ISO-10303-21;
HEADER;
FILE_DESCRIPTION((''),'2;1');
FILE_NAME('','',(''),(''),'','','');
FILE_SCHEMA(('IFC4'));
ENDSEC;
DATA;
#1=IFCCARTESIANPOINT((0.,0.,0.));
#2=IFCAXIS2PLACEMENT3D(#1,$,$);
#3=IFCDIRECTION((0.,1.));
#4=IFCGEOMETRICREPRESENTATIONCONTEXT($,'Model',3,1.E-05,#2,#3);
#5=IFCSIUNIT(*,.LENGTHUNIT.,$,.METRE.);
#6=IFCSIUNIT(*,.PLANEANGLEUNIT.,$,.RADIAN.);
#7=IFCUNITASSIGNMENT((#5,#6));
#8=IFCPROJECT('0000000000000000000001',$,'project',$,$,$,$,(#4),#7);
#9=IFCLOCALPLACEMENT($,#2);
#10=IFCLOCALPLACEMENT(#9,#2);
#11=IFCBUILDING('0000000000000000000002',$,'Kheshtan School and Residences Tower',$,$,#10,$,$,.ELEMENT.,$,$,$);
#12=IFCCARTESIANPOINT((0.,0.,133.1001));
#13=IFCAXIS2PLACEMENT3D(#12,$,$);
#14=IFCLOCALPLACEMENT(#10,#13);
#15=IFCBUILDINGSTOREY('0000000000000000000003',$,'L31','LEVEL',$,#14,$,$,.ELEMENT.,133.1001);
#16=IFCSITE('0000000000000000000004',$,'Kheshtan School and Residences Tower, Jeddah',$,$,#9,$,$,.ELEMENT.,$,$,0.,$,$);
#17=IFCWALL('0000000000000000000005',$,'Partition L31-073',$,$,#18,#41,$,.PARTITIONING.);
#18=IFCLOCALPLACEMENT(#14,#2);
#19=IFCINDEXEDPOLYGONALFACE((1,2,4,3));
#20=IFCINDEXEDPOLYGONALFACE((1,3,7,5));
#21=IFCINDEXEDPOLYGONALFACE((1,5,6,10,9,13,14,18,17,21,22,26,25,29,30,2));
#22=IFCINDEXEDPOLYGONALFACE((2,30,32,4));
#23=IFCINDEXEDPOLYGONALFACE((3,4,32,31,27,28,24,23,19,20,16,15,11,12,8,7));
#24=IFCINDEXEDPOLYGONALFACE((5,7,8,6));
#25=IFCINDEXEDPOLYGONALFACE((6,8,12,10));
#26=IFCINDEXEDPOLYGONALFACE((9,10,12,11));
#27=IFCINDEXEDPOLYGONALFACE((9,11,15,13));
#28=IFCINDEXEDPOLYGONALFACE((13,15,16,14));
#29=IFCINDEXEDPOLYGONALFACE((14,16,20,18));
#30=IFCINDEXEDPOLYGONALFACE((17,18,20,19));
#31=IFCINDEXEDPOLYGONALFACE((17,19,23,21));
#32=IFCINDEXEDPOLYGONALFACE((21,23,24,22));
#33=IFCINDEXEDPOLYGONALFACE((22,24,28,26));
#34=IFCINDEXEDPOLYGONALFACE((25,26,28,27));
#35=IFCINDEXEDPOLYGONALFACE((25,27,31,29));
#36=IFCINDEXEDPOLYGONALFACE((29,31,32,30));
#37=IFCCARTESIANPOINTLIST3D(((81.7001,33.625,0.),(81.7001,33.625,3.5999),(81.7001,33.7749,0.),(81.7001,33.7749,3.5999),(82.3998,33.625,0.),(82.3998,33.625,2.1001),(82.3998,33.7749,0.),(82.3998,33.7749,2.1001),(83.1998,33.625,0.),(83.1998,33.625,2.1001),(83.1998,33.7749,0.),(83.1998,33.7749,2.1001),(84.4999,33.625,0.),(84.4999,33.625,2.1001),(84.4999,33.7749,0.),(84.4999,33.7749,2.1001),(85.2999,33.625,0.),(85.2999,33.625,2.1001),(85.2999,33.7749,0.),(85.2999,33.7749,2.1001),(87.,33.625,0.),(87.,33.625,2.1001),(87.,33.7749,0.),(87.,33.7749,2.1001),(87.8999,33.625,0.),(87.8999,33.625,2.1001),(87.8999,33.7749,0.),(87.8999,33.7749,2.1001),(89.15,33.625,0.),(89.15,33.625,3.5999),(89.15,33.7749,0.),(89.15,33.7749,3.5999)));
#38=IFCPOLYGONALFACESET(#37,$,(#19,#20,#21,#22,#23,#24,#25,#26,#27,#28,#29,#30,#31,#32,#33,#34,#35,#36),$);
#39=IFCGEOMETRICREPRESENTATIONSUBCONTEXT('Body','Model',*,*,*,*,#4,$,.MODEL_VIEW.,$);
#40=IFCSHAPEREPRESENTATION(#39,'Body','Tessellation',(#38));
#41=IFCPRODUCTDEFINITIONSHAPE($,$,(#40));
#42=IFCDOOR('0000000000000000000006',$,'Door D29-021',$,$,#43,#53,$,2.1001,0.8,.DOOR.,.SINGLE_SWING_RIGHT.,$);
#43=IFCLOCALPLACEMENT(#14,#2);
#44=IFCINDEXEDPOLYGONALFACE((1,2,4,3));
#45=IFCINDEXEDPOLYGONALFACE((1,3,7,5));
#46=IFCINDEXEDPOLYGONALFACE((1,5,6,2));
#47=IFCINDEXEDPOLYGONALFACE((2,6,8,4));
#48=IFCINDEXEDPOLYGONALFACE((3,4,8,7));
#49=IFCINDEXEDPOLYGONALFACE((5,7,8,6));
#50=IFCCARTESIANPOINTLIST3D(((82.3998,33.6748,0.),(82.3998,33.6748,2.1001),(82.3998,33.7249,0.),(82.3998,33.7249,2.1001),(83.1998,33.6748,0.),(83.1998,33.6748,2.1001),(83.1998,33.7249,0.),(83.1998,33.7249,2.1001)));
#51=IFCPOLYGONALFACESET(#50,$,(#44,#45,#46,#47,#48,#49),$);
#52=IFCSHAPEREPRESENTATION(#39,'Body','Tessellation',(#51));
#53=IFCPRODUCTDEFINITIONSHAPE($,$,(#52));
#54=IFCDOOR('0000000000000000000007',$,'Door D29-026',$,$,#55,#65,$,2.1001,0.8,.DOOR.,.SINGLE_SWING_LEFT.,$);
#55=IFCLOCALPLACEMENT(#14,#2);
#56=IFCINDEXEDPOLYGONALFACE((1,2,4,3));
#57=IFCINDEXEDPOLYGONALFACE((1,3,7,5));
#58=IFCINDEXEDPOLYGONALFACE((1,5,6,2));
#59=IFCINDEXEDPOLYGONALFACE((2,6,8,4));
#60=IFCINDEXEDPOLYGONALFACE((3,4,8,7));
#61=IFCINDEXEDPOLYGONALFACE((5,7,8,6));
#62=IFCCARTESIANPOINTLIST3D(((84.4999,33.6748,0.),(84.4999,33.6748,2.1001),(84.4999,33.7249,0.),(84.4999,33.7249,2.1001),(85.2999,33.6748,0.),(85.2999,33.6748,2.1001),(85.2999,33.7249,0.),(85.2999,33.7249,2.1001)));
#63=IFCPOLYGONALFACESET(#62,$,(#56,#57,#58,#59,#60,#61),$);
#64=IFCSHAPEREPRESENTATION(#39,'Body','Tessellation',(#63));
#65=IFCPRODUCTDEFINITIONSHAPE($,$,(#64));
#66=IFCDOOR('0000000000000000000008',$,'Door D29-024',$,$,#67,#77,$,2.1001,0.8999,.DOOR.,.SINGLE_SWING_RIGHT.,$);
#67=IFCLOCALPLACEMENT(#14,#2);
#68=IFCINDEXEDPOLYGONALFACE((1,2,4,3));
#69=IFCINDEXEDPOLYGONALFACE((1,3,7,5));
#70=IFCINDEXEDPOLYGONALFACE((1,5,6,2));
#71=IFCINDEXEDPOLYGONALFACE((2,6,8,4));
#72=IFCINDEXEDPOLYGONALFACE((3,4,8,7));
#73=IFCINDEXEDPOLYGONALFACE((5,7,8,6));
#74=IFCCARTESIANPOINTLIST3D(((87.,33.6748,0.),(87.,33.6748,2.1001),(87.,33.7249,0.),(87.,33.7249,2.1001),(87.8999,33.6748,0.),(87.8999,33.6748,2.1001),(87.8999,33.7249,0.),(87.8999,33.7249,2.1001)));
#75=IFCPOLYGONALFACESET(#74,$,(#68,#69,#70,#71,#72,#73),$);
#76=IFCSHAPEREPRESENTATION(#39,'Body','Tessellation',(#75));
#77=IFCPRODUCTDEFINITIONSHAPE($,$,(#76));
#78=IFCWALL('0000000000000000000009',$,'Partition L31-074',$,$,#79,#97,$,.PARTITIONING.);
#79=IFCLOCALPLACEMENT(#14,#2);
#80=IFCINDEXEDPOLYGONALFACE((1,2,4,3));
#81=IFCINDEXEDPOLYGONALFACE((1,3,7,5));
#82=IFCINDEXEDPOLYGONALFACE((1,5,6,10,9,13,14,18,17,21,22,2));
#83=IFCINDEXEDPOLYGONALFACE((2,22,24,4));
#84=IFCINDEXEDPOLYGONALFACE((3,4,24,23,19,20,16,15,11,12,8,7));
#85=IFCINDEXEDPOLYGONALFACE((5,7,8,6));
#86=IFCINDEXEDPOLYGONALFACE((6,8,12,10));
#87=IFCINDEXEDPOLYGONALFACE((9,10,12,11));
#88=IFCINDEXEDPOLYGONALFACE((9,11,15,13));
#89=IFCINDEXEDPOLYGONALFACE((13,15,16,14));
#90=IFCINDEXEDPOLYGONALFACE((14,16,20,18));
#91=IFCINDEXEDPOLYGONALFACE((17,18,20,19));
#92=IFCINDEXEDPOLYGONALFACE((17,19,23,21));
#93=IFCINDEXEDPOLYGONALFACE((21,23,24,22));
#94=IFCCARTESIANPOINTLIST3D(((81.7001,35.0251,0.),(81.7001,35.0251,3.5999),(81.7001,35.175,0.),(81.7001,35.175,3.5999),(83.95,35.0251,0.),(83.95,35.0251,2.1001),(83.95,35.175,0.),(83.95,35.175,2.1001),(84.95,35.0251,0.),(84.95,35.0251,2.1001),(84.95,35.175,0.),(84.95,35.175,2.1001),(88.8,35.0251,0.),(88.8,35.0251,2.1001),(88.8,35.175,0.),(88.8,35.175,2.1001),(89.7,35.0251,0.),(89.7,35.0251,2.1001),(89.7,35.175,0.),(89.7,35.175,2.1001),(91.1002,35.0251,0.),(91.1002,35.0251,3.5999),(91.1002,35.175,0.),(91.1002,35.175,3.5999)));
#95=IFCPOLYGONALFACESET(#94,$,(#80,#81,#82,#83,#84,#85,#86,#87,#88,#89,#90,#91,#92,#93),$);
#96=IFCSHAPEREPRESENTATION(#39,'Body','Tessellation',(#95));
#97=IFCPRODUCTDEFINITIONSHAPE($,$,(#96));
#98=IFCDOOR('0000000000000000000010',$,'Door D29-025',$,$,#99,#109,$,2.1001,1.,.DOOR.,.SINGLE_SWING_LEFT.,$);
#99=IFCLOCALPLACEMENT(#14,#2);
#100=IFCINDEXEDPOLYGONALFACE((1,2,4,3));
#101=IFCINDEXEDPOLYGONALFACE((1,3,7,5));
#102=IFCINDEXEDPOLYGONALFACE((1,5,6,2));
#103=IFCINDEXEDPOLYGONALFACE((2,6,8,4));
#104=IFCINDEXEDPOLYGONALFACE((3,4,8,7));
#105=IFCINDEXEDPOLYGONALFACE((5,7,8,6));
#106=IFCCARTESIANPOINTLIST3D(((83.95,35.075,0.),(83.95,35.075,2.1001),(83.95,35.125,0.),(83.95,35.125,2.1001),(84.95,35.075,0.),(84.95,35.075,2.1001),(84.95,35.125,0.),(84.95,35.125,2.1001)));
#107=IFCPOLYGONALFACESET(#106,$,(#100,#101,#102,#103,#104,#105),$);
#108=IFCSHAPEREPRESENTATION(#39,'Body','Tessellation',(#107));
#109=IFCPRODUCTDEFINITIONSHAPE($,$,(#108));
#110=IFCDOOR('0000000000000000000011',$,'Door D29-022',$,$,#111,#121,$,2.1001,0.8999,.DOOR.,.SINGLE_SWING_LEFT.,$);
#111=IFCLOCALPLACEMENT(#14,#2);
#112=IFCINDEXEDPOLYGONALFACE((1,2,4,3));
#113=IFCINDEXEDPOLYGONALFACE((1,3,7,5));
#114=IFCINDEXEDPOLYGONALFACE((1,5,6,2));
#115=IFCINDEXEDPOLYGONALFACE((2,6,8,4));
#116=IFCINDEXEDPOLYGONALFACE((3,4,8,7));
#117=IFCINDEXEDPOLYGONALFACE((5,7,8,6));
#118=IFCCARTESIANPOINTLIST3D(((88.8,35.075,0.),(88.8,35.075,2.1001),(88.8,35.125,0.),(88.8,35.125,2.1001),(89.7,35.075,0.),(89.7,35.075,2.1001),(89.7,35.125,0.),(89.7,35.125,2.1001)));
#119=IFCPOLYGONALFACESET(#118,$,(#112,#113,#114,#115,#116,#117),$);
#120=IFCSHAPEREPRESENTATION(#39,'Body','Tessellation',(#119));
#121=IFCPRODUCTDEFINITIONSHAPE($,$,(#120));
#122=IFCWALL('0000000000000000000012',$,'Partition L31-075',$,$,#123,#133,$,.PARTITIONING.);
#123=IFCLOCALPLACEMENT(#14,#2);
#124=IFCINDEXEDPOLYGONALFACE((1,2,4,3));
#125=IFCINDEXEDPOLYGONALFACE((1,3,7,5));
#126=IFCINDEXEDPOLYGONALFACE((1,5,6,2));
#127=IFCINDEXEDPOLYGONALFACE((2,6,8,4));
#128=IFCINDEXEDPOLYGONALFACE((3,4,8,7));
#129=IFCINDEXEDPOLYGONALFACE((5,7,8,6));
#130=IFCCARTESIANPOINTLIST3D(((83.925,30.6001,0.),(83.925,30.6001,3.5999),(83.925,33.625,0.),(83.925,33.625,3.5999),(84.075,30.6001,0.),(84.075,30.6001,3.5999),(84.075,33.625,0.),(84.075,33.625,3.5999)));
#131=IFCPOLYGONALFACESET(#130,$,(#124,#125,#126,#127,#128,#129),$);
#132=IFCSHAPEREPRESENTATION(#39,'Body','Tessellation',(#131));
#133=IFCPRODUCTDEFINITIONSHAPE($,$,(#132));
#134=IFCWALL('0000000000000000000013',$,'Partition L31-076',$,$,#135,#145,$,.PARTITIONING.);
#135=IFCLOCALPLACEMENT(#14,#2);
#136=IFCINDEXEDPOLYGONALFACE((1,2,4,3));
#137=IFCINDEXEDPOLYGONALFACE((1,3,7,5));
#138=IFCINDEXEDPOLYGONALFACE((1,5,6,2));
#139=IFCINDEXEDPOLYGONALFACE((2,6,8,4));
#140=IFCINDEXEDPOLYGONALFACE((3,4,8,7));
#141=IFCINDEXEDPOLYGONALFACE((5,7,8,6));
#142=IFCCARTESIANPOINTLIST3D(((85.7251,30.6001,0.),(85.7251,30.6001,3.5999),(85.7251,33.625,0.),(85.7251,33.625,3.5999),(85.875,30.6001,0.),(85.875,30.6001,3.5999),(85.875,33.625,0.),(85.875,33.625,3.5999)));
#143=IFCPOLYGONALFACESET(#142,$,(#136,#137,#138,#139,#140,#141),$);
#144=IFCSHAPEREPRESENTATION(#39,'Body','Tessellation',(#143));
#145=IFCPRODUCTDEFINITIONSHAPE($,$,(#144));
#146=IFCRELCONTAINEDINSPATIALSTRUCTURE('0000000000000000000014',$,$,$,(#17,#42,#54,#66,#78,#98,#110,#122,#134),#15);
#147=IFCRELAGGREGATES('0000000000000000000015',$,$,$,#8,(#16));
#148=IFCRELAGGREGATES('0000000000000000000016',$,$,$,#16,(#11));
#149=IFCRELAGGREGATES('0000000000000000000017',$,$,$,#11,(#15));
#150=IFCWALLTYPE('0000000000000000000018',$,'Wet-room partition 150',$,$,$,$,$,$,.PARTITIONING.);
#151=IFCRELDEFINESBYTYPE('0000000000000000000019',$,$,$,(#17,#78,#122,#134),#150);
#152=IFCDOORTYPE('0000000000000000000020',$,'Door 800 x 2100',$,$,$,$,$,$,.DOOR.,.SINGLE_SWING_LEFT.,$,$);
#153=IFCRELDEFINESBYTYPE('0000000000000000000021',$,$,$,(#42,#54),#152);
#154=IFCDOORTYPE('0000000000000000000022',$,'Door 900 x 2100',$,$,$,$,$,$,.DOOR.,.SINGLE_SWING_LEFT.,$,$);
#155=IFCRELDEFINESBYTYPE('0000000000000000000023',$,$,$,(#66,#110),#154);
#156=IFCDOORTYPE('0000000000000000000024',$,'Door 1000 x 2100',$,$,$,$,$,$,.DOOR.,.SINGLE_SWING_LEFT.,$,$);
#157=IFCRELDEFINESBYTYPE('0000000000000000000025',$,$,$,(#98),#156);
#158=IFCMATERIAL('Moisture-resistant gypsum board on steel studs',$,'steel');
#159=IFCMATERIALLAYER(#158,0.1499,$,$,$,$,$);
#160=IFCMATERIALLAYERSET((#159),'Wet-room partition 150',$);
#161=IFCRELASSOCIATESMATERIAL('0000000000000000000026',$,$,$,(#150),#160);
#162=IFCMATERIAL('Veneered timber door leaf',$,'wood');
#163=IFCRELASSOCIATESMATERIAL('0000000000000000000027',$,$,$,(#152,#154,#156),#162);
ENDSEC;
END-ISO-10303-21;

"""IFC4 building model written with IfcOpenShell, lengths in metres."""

from ifc_helpers import new_model, si_unit, direction, frame, frame_2d, origin, place, context, subcontext, project, spatial, rectangle, extrude, source, transform, mapped, material, layer, layer_set, type_object, element, fill, save


model = new_model("IFC4")

# Units and contexts
model_context = context("Model", 3, precision=1e-05, world=origin(), true_north=direction((0.0, 1.0)))
body_context = subcontext(model_context, "Body", "Model", "MODEL_VIEW")
ifc_project = project(units=[si_unit("LENGTHUNIT", "METRE"), si_unit("PLANEANGLEUNIT", "RADIAN")], contexts=[model_context])

# Site, building, storey
site_placement = place(None, origin())
site = spatial("IfcSite", under=ifc_project, at=site_placement, Name="Kheshtan School and Residences Tower, Jeddah", CompositionType="ELEMENT", RefElevation=0.0)
building_placement = place(site_placement, origin())
building = spatial("IfcBuilding", under=site, at=building_placement, Name="Kheshtan School and Residences Tower", CompositionType="ELEMENT")
storey_placement = place(building_placement, frame((0.0, 0.0, 133.1001)))
storey = spatial("IfcBuildingStorey", under=building, at=storey_placement, Name="L31", Description="LEVEL", CompositionType="ELEMENT", Elevation=133.1001)

# Shared definitions
ifc_material_1 = material(Name="Moisture-resistant gypsum board on steel studs", Category="steel")
ifc_layer_1 = layer(ifc_material_1, 0.1499)
ifc_layer_set_1 = layer_set([ifc_layer_1], Name="Wet-room partition 150")
wall_type_1 = type_object("IfcWallType", Name="Wet-room partition 150", PredefinedType="PARTITIONING", material=ifc_layer_set_1)

# Walls, openings, doors
ifc_material_2 = material(Name="Veneered timber door leaf", Category="wood")
door_type_1 = type_object("IfcDoorType", Name="Door 800 x 2100", OperationType="SINGLE_SWING_LEFT", PredefinedType="DOOR", material=ifc_material_2)
shared_shape_1 = source(origin(), body_context, "Body", "SweptSolid", [
    extrude(rectangle(XDim=0.8, YDim=2.1001, at=frame_2d((0.3999, 1.05))), frame((0.0, 0.0249, 0.0), z_axis=(0.0, -1.0, 0.0), x_axis=(1.0, 0.0, 0.0)), (0.0, 0.0, 1.0), 0.05),
])
wall_1_placement = place(storey_placement, frame((81.7, 33.7, 0.0), z_axis=(0.0, 0.0, 1.0), x_axis=(1.0, 0.0, 0.0)))
wall_1 = element("IfcWall", 1, at=wall_1_placement, inside=storey, type_object=wall_type_1, Name="Partition L31-073", PredefinedType="PARTITIONING", context=body_context, shape_type="SweptSolid", body=[
    extrude(rectangle(XDim=7.45, YDim=0.1499, at=frame_2d((3.7251, 0.0))), origin(), (0.0, 0.0, 1.0), 3.5999),
])
opening_1_placement = place(wall_1_placement, frame((0.7, 0.0, 0.0)))
opening_1 = element("IfcOpeningElement", 2, at=opening_1_placement, cuts=wall_1, PredefinedType="OPENING", context=body_context, shape_type="SweptSolid", body=[
    extrude(rectangle(XDim=0.8, YDim=2.1001, at=frame_2d((0.3999, 1.05))), frame((0.0, 0.085, 0.0), z_axis=(0.0, -1.0, 0.0), x_axis=(1.0, 0.0, 0.0)), (0.0, 0.0, 1.0), 0.1699),
])
opening_2_placement = place(wall_1_placement, frame((5.3, 0.0, 0.0)))
opening_2 = element("IfcOpeningElement", 3, at=opening_2_placement, cuts=wall_1, PredefinedType="OPENING", context=body_context, shape_type="SweptSolid", body=[
    extrude(rectangle(XDim=0.8999, YDim=2.1001, at=frame_2d((0.45, 1.05))), frame((0.0, 0.085, 0.0), z_axis=(0.0, -1.0, 0.0), x_axis=(1.0, 0.0, 0.0)), (0.0, 0.0, 1.0), 0.1699),
])
opening_3_placement = place(wall_1_placement, frame((2.8, 0.0, 0.0)))
opening_3 = element("IfcOpeningElement", 4, at=opening_3_placement, cuts=wall_1, PredefinedType="OPENING", context=body_context, shape_type="SweptSolid", body=[
    extrude(rectangle(XDim=0.8, YDim=2.1001, at=frame_2d((0.3999, 1.05))), frame((0.0, 0.085, 0.0), z_axis=(0.0, -1.0, 0.0), x_axis=(1.0, 0.0, 0.0)), (0.0, 0.0, 1.0), 0.1699),
])
door_1_placement = place(opening_1_placement, origin())
door_1 = element("IfcDoor", 5, at=door_1_placement, inside=storey, type_object=door_type_1, Name="Door D29-021", OperationType="SINGLE_SWING_RIGHT", OverallHeight=2.1001, OverallWidth=0.8, PredefinedType="DOOR", context=body_context, shape_type="MappedRepresentation", body=[
    mapped(shared_shape_1, transform((0.0, 0.0, 0.0), x_axis=(1.0, 0.0, 0.0), y_axis=(0.0, 1.0, 0.0), z_axis=(0.0, 0.0, 1.0), scale=1.0)),
])
fill(opening_1, door_1)
door_2_placement = place(opening_3_placement, origin())
door_2 = element("IfcDoor", 6, at=door_2_placement, inside=storey, type_object=door_type_1, Name="Door D29-026", OperationType="SINGLE_SWING_LEFT", OverallHeight=2.1001, OverallWidth=0.8, PredefinedType="DOOR", context=body_context, shape_type="MappedRepresentation", body=[
    mapped(shared_shape_1, transform((0.0, 0.0, 0.0), x_axis=(1.0, 0.0, 0.0), y_axis=(0.0, 1.0, 0.0), z_axis=(0.0, 0.0, 1.0), scale=1.0)),
])
fill(opening_3, door_2)
door_type_2 = type_object("IfcDoorType", Name="Door 900 x 2100", OperationType="SINGLE_SWING_LEFT", PredefinedType="DOOR", material=ifc_material_2)
shared_shape_2 = source(origin(), body_context, "Body", "SweptSolid", [
    extrude(rectangle(XDim=0.8999, YDim=2.1001, at=frame_2d((0.45, 1.05))), frame((0.0, 0.0249, 0.0), z_axis=(0.0, -1.0, 0.0), x_axis=(1.0, 0.0, 0.0)), (0.0, 0.0, 1.0), 0.05),
])
door_3_placement = place(opening_2_placement, origin())
door_3 = element("IfcDoor", 7, at=door_3_placement, inside=storey, type_object=door_type_2, Name="Door D29-024", OperationType="SINGLE_SWING_RIGHT", OverallHeight=2.1001, OverallWidth=0.8999, PredefinedType="DOOR", context=body_context, shape_type="MappedRepresentation", body=[
    mapped(shared_shape_2, transform((0.0, 0.0, 0.0), x_axis=(1.0, 0.0, 0.0), y_axis=(0.0, 1.0, 0.0), z_axis=(0.0, 0.0, 1.0), scale=1.0)),
])
fill(opening_2, door_3)
wall_2_placement = place(storey_placement, frame((81.7, 35.1001, 0.0), z_axis=(0.0, 0.0, 1.0), x_axis=(1.0, 0.0, 0.0)))
wall_2 = element("IfcWall", 8, at=wall_2_placement, inside=storey, type_object=wall_type_1, Name="Partition L31-074", PredefinedType="PARTITIONING", context=body_context, shape_type="SweptSolid", body=[
    extrude(rectangle(XDim=9.4001, YDim=0.1499, at=frame_2d((4.7002, 0.0))), origin(), (0.0, 0.0, 1.0), 3.5999),
])
opening_4_placement = place(wall_2_placement, frame((7.1001, 0.0, 0.0)))
opening_4 = element("IfcOpeningElement", 9, at=opening_4_placement, cuts=wall_2, PredefinedType="OPENING", context=body_context, shape_type="SweptSolid", body=[
    extrude(rectangle(XDim=0.8999, YDim=2.1001, at=frame_2d((0.45, 1.05))), frame((0.0, 0.085, 0.0), z_axis=(0.0, -1.0, 0.0), x_axis=(1.0, 0.0, 0.0)), (0.0, 0.0, 1.0), 0.1699),
])
opening_5_placement = place(wall_2_placement, frame((2.25, 0.0, 0.0)))
opening_5 = element("IfcOpeningElement", 10, at=opening_5_placement, cuts=wall_2, PredefinedType="OPENING", context=body_context, shape_type="SweptSolid", body=[
    extrude(rectangle(XDim=1.0, YDim=2.1001, at=frame_2d((0.5, 1.05))), frame((0.0, 0.085, 0.0), z_axis=(0.0, -1.0, 0.0), x_axis=(1.0, 0.0, 0.0)), (0.0, 0.0, 1.0), 0.1699),
])
door_type_3 = type_object("IfcDoorType", Name="Door 1000 x 2100", OperationType="SINGLE_SWING_LEFT", PredefinedType="DOOR", material=ifc_material_2)
shared_shape_3 = source(origin(), body_context, "Body", "SweptSolid", [
    extrude(rectangle(XDim=1.0, YDim=2.1001, at=frame_2d((0.5, 1.05))), frame((0.0, 0.0249, 0.0), z_axis=(0.0, -1.0, 0.0), x_axis=(1.0, 0.0, 0.0)), (0.0, 0.0, 1.0), 0.05),
])
door_4_placement = place(opening_5_placement, origin())
door_4 = element("IfcDoor", 11, at=door_4_placement, inside=storey, type_object=door_type_3, Name="Door D29-025", OperationType="SINGLE_SWING_LEFT", OverallHeight=2.1001, OverallWidth=1.0, PredefinedType="DOOR", context=body_context, shape_type="MappedRepresentation", body=[
    mapped(shared_shape_3, transform((0.0, 0.0, 0.0), x_axis=(1.0, 0.0, 0.0), y_axis=(0.0, 1.0, 0.0), z_axis=(0.0, 0.0, 1.0), scale=1.0)),
])
fill(opening_5, door_4)
door_5_placement = place(opening_4_placement, origin())
door_5 = element("IfcDoor", 12, at=door_5_placement, inside=storey, type_object=door_type_2, Name="Door D29-022", OperationType="SINGLE_SWING_LEFT", OverallHeight=2.1001, OverallWidth=0.8999, PredefinedType="DOOR", context=body_context, shape_type="MappedRepresentation", body=[
    mapped(shared_shape_2, transform((0.0, 0.0, 0.0), x_axis=(1.0, 0.0, 0.0), y_axis=(0.0, 1.0, 0.0), z_axis=(0.0, 0.0, 1.0), scale=1.0)),
])
fill(opening_4, door_5)

# Walls
for number, where, z_axis, x_axis, name in (
    (13, (84.0, 30.6001, 0.0), (0.0, 0.0, 1.0), (0.0, 1.0, 0.0), "Partition L31-075"),
    (14, (85.8, 30.6001, 0.0), (0.0, 0.0, 1.0), (0.0, 1.0, 0.0), "Partition L31-076"),
):
    element("IfcWall", number, at=place(storey_placement, frame(where, z_axis=z_axis, x_axis=x_axis)), inside=storey, type_object=wall_type_1, Name=name, PredefinedType="PARTITIONING", context=body_context, shape_type="SweptSolid", body=[
        extrude(rectangle(XDim=3.0249, YDim=0.1499, at=frame_2d((1.5125, 0.0))), origin(), (0.0, 0.0, 1.0), 3.5999),
    ])

save(model, "model.ifc")
